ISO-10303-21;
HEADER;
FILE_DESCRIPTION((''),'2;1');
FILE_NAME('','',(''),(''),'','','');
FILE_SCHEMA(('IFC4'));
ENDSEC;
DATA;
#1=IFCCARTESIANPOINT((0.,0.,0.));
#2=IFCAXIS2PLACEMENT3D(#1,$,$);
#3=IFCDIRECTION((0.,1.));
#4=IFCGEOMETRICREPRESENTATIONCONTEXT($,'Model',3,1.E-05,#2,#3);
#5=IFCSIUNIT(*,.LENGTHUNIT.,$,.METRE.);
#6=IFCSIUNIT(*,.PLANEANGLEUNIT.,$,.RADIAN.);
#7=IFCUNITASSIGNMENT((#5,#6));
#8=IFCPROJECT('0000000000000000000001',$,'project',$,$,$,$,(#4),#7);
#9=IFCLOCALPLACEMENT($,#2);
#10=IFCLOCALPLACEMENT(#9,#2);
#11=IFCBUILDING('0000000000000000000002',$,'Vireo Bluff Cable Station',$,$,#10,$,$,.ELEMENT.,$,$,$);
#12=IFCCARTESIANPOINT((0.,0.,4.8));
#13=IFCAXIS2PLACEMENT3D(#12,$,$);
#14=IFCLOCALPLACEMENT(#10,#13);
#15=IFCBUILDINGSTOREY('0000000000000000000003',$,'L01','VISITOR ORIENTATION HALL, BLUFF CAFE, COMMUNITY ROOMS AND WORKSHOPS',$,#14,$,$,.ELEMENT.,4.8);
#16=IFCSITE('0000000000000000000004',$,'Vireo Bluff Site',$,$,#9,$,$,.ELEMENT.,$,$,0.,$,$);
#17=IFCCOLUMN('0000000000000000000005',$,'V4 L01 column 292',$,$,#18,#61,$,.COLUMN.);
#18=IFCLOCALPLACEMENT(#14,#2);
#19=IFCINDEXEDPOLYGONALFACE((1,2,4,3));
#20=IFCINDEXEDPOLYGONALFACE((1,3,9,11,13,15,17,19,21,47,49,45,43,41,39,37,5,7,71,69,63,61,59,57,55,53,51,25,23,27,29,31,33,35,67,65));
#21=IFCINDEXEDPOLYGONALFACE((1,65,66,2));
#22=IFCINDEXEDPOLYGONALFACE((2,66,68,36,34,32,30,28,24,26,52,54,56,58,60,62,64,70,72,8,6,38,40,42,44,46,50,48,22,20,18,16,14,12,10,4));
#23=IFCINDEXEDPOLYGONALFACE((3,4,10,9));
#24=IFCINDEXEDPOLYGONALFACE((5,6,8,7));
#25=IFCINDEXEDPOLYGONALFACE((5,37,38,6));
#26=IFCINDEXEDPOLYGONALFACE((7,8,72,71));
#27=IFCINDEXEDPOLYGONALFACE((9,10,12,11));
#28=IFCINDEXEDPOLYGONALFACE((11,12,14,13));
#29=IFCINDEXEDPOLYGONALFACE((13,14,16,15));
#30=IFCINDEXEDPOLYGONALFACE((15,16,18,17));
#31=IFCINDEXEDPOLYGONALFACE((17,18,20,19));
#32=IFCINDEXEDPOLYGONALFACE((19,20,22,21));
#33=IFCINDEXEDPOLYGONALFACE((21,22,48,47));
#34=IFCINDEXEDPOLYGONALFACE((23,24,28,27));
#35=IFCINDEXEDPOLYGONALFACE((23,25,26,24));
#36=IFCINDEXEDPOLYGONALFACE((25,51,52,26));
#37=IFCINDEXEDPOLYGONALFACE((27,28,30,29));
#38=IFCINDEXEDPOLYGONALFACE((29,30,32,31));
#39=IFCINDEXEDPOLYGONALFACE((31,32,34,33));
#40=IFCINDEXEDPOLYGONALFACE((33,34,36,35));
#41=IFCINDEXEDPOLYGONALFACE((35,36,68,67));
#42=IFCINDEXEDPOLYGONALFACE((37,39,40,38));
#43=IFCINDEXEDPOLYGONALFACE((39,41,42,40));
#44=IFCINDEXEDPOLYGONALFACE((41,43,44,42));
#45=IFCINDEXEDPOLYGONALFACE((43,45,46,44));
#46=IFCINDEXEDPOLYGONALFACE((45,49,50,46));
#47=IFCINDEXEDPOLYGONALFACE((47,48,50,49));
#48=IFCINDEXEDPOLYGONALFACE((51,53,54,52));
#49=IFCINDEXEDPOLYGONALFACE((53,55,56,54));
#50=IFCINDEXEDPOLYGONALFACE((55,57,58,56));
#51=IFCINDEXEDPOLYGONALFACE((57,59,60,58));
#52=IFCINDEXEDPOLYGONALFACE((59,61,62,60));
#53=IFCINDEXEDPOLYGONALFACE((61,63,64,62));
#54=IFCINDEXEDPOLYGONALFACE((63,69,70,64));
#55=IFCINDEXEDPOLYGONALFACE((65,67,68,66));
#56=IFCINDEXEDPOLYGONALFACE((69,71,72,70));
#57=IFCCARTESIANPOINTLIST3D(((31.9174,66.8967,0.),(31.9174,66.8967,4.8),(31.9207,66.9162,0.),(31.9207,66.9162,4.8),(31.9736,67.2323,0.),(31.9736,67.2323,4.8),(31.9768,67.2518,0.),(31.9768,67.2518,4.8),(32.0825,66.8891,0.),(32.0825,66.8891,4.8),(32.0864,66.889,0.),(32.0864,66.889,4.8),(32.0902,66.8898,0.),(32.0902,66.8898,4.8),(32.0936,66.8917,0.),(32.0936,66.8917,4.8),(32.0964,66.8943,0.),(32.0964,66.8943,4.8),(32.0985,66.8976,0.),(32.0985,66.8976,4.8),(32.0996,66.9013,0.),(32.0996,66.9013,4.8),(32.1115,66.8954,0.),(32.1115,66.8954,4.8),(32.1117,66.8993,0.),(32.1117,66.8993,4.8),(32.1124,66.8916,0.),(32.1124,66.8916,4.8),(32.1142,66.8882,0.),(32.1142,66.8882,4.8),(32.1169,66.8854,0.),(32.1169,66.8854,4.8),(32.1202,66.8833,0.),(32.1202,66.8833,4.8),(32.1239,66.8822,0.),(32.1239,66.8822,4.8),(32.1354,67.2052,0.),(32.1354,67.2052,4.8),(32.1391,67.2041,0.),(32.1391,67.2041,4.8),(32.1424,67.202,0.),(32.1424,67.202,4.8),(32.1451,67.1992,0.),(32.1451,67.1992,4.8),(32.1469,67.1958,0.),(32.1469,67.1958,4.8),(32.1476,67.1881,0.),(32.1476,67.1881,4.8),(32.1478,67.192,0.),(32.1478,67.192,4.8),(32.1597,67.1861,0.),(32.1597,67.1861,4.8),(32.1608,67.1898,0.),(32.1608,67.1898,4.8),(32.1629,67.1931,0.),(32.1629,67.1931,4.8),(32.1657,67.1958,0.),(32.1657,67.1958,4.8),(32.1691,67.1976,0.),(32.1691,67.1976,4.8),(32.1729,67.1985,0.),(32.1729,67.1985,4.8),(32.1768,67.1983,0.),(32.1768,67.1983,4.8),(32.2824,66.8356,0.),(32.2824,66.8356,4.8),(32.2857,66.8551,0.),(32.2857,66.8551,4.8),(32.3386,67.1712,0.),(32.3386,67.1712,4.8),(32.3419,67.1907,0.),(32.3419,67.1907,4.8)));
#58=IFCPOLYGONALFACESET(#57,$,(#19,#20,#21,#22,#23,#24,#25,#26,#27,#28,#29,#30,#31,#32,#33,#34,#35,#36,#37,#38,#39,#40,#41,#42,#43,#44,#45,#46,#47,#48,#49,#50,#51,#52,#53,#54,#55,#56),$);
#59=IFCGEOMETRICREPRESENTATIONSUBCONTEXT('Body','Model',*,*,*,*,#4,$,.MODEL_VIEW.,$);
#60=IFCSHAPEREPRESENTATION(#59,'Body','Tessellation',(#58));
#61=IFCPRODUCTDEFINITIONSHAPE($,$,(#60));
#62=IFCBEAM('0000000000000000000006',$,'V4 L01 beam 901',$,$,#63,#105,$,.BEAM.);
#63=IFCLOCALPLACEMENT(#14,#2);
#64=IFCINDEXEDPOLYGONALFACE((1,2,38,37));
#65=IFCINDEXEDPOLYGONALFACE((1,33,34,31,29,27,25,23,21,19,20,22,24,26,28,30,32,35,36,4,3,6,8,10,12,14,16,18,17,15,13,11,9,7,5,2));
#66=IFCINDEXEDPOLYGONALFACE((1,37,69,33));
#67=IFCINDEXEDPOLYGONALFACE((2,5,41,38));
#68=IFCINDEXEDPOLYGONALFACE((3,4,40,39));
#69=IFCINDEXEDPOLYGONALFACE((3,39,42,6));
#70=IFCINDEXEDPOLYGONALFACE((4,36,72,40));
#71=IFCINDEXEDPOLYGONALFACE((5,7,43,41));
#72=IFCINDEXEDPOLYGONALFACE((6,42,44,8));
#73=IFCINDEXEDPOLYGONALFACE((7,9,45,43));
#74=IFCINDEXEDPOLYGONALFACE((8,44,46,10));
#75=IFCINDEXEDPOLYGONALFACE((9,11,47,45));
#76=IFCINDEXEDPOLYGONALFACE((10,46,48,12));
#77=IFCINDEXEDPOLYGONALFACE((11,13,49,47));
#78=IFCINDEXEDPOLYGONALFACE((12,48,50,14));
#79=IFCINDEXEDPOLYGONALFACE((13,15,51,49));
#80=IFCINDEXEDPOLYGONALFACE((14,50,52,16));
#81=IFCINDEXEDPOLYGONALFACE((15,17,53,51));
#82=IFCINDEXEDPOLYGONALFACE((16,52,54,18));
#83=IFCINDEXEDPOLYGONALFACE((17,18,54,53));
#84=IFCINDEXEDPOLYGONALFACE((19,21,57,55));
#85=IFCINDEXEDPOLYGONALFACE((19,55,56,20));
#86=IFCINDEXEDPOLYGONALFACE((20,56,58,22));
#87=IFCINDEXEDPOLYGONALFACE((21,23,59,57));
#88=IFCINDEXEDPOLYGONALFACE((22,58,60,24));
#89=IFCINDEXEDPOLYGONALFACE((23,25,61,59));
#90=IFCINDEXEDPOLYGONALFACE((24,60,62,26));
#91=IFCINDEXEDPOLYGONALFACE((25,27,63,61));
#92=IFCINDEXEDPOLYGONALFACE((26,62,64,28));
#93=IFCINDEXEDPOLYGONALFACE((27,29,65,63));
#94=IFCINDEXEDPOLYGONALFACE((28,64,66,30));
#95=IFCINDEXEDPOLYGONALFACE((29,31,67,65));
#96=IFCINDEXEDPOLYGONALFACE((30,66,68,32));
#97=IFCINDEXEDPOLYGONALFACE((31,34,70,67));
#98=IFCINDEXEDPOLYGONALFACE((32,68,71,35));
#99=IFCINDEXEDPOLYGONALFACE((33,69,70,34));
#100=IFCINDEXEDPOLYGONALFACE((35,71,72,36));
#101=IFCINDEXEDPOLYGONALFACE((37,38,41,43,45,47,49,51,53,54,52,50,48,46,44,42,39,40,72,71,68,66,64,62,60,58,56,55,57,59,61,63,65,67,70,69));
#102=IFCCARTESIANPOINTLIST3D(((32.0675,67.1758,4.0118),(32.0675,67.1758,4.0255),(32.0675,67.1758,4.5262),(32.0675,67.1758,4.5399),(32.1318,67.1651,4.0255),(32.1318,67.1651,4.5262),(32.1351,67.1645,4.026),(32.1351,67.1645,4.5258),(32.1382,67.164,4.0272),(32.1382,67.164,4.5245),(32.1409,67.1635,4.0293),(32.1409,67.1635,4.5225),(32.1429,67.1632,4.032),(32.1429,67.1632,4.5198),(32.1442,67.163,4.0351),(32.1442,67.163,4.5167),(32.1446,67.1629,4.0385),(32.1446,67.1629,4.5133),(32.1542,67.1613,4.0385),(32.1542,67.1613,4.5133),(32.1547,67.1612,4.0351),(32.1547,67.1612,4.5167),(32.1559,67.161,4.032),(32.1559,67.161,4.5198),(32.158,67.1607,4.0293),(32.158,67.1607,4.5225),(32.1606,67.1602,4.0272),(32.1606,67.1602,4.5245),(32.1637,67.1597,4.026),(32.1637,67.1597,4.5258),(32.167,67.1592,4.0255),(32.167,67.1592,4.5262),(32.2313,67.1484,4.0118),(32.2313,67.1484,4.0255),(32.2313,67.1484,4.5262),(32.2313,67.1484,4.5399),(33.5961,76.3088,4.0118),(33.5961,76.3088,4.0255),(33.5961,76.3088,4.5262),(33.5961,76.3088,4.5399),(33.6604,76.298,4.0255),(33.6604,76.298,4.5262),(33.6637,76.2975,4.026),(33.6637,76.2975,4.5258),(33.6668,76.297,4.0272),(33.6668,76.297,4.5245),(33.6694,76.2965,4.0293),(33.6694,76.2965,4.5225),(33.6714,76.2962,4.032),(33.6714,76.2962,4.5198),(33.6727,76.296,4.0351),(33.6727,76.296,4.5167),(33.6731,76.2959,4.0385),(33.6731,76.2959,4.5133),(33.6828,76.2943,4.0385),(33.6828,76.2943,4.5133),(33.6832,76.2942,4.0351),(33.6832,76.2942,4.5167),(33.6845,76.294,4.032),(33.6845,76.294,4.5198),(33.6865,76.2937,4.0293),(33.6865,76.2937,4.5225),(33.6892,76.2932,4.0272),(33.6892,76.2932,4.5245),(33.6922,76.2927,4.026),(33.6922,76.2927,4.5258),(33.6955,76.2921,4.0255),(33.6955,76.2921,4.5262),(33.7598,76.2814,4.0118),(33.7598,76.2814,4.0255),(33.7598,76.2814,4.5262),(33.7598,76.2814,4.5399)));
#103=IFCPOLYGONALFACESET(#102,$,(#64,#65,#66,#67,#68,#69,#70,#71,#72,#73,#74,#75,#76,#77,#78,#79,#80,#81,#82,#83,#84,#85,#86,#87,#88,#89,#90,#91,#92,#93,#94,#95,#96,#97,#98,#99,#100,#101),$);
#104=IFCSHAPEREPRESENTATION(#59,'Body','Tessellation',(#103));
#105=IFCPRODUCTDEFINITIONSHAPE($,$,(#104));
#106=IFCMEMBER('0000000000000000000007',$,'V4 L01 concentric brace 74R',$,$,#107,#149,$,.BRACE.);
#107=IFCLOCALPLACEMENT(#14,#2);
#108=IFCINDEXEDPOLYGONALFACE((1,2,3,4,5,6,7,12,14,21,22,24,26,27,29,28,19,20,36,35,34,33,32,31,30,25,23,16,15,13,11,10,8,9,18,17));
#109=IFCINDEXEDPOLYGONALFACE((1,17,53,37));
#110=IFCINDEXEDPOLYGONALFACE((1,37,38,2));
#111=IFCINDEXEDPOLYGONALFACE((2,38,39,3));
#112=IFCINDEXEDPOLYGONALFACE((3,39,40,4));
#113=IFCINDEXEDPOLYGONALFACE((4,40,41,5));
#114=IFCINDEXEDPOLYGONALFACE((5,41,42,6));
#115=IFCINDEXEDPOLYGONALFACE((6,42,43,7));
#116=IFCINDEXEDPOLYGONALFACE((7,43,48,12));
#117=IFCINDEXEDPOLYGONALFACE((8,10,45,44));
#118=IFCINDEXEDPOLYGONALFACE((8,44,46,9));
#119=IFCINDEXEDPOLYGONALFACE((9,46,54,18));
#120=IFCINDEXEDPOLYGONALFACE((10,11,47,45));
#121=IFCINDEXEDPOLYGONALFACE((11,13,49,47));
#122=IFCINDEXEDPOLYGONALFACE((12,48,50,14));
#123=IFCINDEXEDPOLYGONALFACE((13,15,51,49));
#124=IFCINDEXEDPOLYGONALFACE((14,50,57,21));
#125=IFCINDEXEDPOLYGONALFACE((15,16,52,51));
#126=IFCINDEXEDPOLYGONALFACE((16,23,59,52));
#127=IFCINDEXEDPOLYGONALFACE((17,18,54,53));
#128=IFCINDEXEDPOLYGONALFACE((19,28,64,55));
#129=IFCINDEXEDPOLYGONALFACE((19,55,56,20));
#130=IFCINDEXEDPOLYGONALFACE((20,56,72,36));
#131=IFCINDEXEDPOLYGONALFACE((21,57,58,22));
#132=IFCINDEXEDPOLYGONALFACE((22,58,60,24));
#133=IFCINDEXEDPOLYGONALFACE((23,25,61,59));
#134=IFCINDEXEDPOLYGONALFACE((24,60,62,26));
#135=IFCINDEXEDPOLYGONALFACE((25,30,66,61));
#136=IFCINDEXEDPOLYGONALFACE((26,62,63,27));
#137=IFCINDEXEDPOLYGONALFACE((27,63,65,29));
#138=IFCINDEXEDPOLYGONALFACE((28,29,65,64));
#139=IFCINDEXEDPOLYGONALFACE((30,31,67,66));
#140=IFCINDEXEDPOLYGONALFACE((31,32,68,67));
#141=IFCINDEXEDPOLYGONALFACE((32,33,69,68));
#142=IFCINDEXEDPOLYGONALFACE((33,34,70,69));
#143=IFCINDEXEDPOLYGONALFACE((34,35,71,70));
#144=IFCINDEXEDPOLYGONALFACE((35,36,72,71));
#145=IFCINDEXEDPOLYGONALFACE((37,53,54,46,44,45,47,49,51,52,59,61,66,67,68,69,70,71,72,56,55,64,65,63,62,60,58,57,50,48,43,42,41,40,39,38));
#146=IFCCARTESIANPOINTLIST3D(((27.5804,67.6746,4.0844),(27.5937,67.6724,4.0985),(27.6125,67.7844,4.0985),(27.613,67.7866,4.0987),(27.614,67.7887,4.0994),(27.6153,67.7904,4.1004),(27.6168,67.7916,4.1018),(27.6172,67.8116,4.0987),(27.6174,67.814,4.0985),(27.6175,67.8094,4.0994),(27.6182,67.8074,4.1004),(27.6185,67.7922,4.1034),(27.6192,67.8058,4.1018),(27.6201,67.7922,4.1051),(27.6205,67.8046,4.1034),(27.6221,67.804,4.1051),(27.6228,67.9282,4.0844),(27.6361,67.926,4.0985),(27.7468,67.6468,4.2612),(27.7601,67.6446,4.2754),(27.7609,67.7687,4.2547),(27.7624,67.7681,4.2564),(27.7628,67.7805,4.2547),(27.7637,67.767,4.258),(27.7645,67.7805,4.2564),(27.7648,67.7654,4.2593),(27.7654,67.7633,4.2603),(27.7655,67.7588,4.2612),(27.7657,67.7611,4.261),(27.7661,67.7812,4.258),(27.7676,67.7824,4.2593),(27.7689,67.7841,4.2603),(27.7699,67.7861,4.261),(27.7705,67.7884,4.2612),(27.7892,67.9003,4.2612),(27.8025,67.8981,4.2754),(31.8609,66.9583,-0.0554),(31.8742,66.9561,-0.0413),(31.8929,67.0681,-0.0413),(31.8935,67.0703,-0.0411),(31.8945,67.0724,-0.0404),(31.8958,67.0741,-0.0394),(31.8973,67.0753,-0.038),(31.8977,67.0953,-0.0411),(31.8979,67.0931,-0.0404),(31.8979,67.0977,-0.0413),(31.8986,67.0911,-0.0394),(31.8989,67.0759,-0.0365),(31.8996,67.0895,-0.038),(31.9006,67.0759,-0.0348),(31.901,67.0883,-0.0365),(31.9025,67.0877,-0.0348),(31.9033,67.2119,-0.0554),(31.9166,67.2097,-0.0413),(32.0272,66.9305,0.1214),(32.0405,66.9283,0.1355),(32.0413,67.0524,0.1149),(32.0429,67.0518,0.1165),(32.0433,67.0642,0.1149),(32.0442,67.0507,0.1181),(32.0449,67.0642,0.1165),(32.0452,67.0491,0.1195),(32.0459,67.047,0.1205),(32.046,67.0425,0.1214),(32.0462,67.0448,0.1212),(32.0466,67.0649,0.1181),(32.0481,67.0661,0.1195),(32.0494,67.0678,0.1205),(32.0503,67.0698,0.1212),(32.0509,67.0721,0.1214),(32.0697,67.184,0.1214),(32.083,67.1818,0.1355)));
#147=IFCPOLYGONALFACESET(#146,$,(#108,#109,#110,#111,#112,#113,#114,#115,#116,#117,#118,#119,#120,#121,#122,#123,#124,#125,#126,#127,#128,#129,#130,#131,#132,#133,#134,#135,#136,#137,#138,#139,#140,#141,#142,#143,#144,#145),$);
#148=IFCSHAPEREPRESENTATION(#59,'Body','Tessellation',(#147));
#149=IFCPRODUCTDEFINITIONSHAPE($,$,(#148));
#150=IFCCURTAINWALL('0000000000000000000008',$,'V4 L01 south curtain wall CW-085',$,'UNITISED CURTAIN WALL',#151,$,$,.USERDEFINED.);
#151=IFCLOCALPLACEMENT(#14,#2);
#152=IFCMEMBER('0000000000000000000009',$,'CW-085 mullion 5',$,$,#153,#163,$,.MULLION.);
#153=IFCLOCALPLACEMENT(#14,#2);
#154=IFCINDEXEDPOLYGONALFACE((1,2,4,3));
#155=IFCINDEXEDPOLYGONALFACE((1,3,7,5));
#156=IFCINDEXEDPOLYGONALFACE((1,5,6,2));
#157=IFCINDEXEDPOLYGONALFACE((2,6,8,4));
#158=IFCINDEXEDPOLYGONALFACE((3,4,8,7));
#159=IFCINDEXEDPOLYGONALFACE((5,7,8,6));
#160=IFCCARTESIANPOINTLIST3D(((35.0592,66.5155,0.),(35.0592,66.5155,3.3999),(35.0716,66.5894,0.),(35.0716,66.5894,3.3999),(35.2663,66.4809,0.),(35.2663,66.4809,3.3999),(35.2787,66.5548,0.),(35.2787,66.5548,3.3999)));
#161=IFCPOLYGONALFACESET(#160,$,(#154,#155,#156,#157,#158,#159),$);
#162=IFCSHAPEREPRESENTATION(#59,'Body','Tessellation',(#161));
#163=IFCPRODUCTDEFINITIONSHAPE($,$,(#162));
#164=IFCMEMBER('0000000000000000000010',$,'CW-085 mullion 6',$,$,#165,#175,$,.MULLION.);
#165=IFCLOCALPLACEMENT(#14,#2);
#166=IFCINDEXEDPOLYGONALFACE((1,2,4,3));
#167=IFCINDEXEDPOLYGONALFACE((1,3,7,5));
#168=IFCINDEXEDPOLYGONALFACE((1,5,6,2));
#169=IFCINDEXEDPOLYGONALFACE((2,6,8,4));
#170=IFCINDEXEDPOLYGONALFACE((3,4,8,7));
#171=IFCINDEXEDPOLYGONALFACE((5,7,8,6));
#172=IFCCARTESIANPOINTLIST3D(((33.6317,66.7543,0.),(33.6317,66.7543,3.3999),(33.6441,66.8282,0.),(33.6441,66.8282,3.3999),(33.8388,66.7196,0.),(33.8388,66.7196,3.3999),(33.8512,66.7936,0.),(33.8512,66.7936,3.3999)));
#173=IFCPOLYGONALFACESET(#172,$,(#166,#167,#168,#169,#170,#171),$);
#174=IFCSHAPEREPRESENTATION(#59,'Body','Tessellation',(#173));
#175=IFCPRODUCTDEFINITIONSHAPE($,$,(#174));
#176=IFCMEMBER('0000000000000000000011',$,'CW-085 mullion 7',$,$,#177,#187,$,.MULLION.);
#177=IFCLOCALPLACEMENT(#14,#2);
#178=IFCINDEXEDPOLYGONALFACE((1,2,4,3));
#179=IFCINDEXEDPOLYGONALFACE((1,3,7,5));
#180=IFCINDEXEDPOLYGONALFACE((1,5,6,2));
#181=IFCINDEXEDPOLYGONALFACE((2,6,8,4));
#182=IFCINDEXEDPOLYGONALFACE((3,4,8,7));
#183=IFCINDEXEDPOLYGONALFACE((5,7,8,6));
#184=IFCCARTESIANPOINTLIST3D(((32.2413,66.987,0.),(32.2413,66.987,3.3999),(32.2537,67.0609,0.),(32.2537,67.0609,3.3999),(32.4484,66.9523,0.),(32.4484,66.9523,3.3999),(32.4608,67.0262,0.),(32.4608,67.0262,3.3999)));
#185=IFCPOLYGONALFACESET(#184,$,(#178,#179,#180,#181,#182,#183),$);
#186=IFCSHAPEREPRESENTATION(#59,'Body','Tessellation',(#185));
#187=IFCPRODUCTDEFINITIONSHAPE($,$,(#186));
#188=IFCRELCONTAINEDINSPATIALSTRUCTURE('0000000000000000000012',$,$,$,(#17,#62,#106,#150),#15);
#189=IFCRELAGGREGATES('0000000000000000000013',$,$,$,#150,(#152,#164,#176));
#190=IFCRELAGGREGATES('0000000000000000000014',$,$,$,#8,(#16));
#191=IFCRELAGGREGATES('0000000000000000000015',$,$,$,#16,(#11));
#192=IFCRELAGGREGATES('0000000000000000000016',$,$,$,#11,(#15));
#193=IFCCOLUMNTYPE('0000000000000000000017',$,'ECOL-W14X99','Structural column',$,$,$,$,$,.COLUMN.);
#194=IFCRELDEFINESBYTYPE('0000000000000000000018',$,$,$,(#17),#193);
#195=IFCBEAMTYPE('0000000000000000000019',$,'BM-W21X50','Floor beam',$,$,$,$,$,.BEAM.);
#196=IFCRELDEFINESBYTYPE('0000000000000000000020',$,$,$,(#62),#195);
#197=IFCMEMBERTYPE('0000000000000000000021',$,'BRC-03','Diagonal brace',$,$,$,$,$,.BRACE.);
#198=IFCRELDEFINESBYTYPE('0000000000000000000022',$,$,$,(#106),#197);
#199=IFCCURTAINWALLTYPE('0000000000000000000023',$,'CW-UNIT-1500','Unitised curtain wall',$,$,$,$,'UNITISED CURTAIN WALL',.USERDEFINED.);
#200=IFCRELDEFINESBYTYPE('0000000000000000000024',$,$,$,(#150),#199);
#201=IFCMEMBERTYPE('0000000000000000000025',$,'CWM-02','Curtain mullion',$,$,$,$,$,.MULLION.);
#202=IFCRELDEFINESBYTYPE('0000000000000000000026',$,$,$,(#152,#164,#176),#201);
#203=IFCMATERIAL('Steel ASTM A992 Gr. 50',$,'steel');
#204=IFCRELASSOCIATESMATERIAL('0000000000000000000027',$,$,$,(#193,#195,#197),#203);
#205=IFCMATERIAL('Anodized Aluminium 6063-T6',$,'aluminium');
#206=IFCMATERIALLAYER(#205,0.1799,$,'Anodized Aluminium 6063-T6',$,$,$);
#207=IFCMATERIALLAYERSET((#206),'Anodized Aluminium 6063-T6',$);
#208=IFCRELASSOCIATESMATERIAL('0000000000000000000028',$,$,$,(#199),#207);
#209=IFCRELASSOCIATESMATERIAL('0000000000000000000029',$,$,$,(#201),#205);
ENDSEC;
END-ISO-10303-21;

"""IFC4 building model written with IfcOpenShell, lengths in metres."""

from ifc_helpers import new_model, si_unit, direction, frame, origin, origin_2d, place, context, subcontext, project, spatial, rectangle, i_section, extrude, material, layer, layer_set, material_profile, profile_set, type_object, element, aggregate, save


model = new_model("IFC4")

# Units and contexts
model_context = context("Model", 3, precision=1e-05, world=origin(), true_north=direction((0.0, 1.0)))
body_context = subcontext(model_context, "Body", "Model", "MODEL_VIEW")
ifc_project = project(units=[si_unit("LENGTHUNIT", "METRE"), si_unit("PLANEANGLEUNIT", "RADIAN")], contexts=[model_context])

# Site, building, storey
site_placement = place(None, origin())
site = spatial("IfcSite", under=ifc_project, at=site_placement, Name="Vireo Bluff Site", CompositionType="ELEMENT", RefElevation=0.0)
building_placement = place(site_placement, origin())
building = spatial("IfcBuilding", under=site, at=building_placement, Name="Vireo Bluff Cable Station", CompositionType="ELEMENT")
storey_placement = place(building_placement, frame((0.0, 0.0, 4.8)))
storey = spatial("IfcBuildingStorey", under=building, at=storey_placement, Name="L01", Description="VISITOR ORIENTATION HALL, BLUFF CAFE, COMMUNITY ROOMS AND WORKSHOPS", CompositionType="ELEMENT", Elevation=4.8)

# Column
ifc_material_1 = material(Name="Steel ASTM A992 Gr. 50", Category="steel")
ifc_material_profile_1 = material_profile(ifc_material_1, i_section(OverallWidth=0.3701, OverallDepth=0.3601, WebThickness=0.0122, FlangeThickness=0.0198, FilletRadius=0.0149, at=origin_2d()), Name="W14X99")
ifc_profile_set_1 = profile_set([ifc_material_profile_1], Name="Steel ASTM A992 Gr. 50")
column_type = type_object("IfcColumnType", Name="ECOL-W14X99", Description="Structural column", PredefinedType="COLUMN", material=ifc_profile_set_1)
column_placement = place(storey_placement, frame((32.1296, 67.0437, 0.0), z_axis=(0.0, 0.0, 1.0), x_axis=(0.986286, -0.165048, 0.0)))
element("IfcColumn", 1, at=column_placement, inside=storey, type_object=column_type, Name="V4 L01 column 292", PredefinedType="COLUMN", context=body_context, shape_type="SweptSolid", body=[
    extrude(i_section(OverallWidth=0.3701, OverallDepth=0.3601, WebThickness=0.0122, FlangeThickness=0.0198, FilletRadius=0.0149, at=origin_2d()), origin(), (0.0, 0.0, 1.0), 4.8),
])

# Beam
ifc_material_profile_2 = material_profile(ifc_material_1, i_section(OverallWidth=0.166, OverallDepth=0.5281, WebThickness=0.0098, FlangeThickness=0.0137, FilletRadius=0.0129, at=origin_2d()), Name="W21X50")
ifc_profile_set_2 = profile_set([ifc_material_profile_2], Name="Steel ASTM A992 Gr. 50")
beam_type_1 = type_object("IfcBeamType", Name="BM-W21X50", Description="Floor beam", PredefinedType="BEAM", material=ifc_profile_set_2)
beam_1_placement = place(storey_placement, frame((32.1494, 67.1621, 4.2759), z_axis=(0.16507, 0.986282, 0.0), x_axis=(-0.986282, 0.16507, 0.0)))
element("IfcBeam", 2, at=beam_1_placement, inside=storey, type_object=beam_type_1, Name="V4 L01 beam 901", PredefinedType="BEAM", context=body_context, shape_type="SweptSolid", body=[
    extrude(i_section(OverallWidth=0.166, OverallDepth=0.5281, WebThickness=0.0098, FlangeThickness=0.0137, FilletRadius=0.0129, at=origin_2d()), origin(), (0.0, 0.0, 1.0), 9.26),
])

# Member
ifc_material_profile_3 = material_profile(ifc_material_1, i_section(OverallWidth=0.2571, OverallDepth=0.2639, WebThickness=0.012, FlangeThickness=0.0195, FilletRadius=0.009, at=origin_2d()), Name="W10X68")
ifc_profile_set_3 = profile_set([ifc_material_profile_3], Name="Steel ASTM A992 Gr. 50")
member_type_1 = type_object("IfcMemberType", Name="BRC-03", Description="Diagonal brace", PredefinedType="BRACE", material=ifc_profile_set_3)
member_1_placement = place(storey_placement, frame((31.9719, 67.0701, 0.04), z_axis=(-0.713671, 0.119427, 0.690225), x_axis=(-0.165047, -0.986286, 0.0)))
element("IfcMember", 3, at=member_1_placement, inside=storey, type_object=member_type_1, Name="V4 L01 concentric brace 74R", PredefinedType="BRACE", context=body_context, shape_type="SweptSolid", body=[
    extrude(i_section(OverallWidth=0.2571, OverallDepth=0.2639, WebThickness=0.012, FlangeThickness=0.0195, FilletRadius=0.009, at=origin_2d()), origin(), (0.0, 0.0, 1.0), 5.9978),
])

# Curtain wall, members
ifc_material_2 = material(Name="Anodized Aluminium 6063-T6", Category="aluminium")
ifc_layer_1 = layer(ifc_material_2, 0.1799, Name="Anodized Aluminium 6063-T6")
ifc_layer_set_1 = layer_set([ifc_layer_1], Name="Anodized Aluminium 6063-T6")
curtain_wall_type = type_object("IfcCurtainWallType", Name="CW-UNIT-1500", Description="Unitised curtain wall", ElementType="UNITISED CURTAIN WALL", PredefinedType="USERDEFINED", material=ifc_layer_set_1)
curtain_wall_placement = place(storey_placement, origin())
curtain_wall = element("IfcCurtainWall", 4, at=curtain_wall_placement, inside=storey, type_object=curtain_wall_type, Name="V4 L01 south curtain wall CW-085", ObjectType="UNITISED CURTAIN WALL", PredefinedType="USERDEFINED")
ifc_material_profile_4 = material_profile(ifc_material_2, rectangle(XDim=0.075, YDim=0.21, at=origin_2d()), Name="ALU-M-75X210")
ifc_profile_set_4 = profile_set([ifc_material_profile_4], Name="Anodized Aluminium 6063-T6")
member_type_2 = type_object("IfcMemberType", Name="CWM-02", Description="Curtain mullion", PredefinedType="MULLION", material=ifc_profile_set_4)
member_2_placement = place(storey_placement, frame((35.1689, 66.5352, 0.0), z_axis=(0.0, 0.0, 1.0), x_axis=(-0.165048, -0.986286, 0.0)))
member_2 = element("IfcMember", 5, at=member_2_placement, type_object=member_type_2, Name="CW-085 mullion 5", PredefinedType="MULLION", context=body_context, shape_type="SweptSolid", body=[
    extrude(rectangle(XDim=0.075, YDim=0.21, at=origin_2d()), origin(), (0.0, 0.0, 1.0), 3.3999),
])
member_3_placement = place(storey_placement, frame((33.7415, 66.7739, 0.0), z_axis=(0.0, 0.0, 1.0), x_axis=(-0.165048, -0.986286, 0.0)))
member_3 = element("IfcMember", 6, at=member_3_placement, type_object=member_type_2, Name="CW-085 mullion 6", PredefinedType="MULLION", context=body_context, shape_type="SweptSolid", body=[
    extrude(rectangle(XDim=0.075, YDim=0.21, at=origin_2d()), origin(), (0.0, 0.0, 1.0), 3.3999),
])
member_4_placement = place(storey_placement, frame((32.3511, 67.0066, 0.0), z_axis=(0.0, 0.0, 1.0), x_axis=(-0.165048, -0.986286, 0.0)))
member_4 = element("IfcMember", 7, at=member_4_placement, type_object=member_type_2, Name="CW-085 mullion 7", PredefinedType="MULLION", context=body_context, shape_type="SweptSolid", body=[
    extrude(rectangle(XDim=0.075, YDim=0.21, at=origin_2d()), origin(), (0.0, 0.0, 1.0), 3.3999),
])

aggregate(curtain_wall, [member_2, member_3, member_4])

save(model, "model.ifc")
